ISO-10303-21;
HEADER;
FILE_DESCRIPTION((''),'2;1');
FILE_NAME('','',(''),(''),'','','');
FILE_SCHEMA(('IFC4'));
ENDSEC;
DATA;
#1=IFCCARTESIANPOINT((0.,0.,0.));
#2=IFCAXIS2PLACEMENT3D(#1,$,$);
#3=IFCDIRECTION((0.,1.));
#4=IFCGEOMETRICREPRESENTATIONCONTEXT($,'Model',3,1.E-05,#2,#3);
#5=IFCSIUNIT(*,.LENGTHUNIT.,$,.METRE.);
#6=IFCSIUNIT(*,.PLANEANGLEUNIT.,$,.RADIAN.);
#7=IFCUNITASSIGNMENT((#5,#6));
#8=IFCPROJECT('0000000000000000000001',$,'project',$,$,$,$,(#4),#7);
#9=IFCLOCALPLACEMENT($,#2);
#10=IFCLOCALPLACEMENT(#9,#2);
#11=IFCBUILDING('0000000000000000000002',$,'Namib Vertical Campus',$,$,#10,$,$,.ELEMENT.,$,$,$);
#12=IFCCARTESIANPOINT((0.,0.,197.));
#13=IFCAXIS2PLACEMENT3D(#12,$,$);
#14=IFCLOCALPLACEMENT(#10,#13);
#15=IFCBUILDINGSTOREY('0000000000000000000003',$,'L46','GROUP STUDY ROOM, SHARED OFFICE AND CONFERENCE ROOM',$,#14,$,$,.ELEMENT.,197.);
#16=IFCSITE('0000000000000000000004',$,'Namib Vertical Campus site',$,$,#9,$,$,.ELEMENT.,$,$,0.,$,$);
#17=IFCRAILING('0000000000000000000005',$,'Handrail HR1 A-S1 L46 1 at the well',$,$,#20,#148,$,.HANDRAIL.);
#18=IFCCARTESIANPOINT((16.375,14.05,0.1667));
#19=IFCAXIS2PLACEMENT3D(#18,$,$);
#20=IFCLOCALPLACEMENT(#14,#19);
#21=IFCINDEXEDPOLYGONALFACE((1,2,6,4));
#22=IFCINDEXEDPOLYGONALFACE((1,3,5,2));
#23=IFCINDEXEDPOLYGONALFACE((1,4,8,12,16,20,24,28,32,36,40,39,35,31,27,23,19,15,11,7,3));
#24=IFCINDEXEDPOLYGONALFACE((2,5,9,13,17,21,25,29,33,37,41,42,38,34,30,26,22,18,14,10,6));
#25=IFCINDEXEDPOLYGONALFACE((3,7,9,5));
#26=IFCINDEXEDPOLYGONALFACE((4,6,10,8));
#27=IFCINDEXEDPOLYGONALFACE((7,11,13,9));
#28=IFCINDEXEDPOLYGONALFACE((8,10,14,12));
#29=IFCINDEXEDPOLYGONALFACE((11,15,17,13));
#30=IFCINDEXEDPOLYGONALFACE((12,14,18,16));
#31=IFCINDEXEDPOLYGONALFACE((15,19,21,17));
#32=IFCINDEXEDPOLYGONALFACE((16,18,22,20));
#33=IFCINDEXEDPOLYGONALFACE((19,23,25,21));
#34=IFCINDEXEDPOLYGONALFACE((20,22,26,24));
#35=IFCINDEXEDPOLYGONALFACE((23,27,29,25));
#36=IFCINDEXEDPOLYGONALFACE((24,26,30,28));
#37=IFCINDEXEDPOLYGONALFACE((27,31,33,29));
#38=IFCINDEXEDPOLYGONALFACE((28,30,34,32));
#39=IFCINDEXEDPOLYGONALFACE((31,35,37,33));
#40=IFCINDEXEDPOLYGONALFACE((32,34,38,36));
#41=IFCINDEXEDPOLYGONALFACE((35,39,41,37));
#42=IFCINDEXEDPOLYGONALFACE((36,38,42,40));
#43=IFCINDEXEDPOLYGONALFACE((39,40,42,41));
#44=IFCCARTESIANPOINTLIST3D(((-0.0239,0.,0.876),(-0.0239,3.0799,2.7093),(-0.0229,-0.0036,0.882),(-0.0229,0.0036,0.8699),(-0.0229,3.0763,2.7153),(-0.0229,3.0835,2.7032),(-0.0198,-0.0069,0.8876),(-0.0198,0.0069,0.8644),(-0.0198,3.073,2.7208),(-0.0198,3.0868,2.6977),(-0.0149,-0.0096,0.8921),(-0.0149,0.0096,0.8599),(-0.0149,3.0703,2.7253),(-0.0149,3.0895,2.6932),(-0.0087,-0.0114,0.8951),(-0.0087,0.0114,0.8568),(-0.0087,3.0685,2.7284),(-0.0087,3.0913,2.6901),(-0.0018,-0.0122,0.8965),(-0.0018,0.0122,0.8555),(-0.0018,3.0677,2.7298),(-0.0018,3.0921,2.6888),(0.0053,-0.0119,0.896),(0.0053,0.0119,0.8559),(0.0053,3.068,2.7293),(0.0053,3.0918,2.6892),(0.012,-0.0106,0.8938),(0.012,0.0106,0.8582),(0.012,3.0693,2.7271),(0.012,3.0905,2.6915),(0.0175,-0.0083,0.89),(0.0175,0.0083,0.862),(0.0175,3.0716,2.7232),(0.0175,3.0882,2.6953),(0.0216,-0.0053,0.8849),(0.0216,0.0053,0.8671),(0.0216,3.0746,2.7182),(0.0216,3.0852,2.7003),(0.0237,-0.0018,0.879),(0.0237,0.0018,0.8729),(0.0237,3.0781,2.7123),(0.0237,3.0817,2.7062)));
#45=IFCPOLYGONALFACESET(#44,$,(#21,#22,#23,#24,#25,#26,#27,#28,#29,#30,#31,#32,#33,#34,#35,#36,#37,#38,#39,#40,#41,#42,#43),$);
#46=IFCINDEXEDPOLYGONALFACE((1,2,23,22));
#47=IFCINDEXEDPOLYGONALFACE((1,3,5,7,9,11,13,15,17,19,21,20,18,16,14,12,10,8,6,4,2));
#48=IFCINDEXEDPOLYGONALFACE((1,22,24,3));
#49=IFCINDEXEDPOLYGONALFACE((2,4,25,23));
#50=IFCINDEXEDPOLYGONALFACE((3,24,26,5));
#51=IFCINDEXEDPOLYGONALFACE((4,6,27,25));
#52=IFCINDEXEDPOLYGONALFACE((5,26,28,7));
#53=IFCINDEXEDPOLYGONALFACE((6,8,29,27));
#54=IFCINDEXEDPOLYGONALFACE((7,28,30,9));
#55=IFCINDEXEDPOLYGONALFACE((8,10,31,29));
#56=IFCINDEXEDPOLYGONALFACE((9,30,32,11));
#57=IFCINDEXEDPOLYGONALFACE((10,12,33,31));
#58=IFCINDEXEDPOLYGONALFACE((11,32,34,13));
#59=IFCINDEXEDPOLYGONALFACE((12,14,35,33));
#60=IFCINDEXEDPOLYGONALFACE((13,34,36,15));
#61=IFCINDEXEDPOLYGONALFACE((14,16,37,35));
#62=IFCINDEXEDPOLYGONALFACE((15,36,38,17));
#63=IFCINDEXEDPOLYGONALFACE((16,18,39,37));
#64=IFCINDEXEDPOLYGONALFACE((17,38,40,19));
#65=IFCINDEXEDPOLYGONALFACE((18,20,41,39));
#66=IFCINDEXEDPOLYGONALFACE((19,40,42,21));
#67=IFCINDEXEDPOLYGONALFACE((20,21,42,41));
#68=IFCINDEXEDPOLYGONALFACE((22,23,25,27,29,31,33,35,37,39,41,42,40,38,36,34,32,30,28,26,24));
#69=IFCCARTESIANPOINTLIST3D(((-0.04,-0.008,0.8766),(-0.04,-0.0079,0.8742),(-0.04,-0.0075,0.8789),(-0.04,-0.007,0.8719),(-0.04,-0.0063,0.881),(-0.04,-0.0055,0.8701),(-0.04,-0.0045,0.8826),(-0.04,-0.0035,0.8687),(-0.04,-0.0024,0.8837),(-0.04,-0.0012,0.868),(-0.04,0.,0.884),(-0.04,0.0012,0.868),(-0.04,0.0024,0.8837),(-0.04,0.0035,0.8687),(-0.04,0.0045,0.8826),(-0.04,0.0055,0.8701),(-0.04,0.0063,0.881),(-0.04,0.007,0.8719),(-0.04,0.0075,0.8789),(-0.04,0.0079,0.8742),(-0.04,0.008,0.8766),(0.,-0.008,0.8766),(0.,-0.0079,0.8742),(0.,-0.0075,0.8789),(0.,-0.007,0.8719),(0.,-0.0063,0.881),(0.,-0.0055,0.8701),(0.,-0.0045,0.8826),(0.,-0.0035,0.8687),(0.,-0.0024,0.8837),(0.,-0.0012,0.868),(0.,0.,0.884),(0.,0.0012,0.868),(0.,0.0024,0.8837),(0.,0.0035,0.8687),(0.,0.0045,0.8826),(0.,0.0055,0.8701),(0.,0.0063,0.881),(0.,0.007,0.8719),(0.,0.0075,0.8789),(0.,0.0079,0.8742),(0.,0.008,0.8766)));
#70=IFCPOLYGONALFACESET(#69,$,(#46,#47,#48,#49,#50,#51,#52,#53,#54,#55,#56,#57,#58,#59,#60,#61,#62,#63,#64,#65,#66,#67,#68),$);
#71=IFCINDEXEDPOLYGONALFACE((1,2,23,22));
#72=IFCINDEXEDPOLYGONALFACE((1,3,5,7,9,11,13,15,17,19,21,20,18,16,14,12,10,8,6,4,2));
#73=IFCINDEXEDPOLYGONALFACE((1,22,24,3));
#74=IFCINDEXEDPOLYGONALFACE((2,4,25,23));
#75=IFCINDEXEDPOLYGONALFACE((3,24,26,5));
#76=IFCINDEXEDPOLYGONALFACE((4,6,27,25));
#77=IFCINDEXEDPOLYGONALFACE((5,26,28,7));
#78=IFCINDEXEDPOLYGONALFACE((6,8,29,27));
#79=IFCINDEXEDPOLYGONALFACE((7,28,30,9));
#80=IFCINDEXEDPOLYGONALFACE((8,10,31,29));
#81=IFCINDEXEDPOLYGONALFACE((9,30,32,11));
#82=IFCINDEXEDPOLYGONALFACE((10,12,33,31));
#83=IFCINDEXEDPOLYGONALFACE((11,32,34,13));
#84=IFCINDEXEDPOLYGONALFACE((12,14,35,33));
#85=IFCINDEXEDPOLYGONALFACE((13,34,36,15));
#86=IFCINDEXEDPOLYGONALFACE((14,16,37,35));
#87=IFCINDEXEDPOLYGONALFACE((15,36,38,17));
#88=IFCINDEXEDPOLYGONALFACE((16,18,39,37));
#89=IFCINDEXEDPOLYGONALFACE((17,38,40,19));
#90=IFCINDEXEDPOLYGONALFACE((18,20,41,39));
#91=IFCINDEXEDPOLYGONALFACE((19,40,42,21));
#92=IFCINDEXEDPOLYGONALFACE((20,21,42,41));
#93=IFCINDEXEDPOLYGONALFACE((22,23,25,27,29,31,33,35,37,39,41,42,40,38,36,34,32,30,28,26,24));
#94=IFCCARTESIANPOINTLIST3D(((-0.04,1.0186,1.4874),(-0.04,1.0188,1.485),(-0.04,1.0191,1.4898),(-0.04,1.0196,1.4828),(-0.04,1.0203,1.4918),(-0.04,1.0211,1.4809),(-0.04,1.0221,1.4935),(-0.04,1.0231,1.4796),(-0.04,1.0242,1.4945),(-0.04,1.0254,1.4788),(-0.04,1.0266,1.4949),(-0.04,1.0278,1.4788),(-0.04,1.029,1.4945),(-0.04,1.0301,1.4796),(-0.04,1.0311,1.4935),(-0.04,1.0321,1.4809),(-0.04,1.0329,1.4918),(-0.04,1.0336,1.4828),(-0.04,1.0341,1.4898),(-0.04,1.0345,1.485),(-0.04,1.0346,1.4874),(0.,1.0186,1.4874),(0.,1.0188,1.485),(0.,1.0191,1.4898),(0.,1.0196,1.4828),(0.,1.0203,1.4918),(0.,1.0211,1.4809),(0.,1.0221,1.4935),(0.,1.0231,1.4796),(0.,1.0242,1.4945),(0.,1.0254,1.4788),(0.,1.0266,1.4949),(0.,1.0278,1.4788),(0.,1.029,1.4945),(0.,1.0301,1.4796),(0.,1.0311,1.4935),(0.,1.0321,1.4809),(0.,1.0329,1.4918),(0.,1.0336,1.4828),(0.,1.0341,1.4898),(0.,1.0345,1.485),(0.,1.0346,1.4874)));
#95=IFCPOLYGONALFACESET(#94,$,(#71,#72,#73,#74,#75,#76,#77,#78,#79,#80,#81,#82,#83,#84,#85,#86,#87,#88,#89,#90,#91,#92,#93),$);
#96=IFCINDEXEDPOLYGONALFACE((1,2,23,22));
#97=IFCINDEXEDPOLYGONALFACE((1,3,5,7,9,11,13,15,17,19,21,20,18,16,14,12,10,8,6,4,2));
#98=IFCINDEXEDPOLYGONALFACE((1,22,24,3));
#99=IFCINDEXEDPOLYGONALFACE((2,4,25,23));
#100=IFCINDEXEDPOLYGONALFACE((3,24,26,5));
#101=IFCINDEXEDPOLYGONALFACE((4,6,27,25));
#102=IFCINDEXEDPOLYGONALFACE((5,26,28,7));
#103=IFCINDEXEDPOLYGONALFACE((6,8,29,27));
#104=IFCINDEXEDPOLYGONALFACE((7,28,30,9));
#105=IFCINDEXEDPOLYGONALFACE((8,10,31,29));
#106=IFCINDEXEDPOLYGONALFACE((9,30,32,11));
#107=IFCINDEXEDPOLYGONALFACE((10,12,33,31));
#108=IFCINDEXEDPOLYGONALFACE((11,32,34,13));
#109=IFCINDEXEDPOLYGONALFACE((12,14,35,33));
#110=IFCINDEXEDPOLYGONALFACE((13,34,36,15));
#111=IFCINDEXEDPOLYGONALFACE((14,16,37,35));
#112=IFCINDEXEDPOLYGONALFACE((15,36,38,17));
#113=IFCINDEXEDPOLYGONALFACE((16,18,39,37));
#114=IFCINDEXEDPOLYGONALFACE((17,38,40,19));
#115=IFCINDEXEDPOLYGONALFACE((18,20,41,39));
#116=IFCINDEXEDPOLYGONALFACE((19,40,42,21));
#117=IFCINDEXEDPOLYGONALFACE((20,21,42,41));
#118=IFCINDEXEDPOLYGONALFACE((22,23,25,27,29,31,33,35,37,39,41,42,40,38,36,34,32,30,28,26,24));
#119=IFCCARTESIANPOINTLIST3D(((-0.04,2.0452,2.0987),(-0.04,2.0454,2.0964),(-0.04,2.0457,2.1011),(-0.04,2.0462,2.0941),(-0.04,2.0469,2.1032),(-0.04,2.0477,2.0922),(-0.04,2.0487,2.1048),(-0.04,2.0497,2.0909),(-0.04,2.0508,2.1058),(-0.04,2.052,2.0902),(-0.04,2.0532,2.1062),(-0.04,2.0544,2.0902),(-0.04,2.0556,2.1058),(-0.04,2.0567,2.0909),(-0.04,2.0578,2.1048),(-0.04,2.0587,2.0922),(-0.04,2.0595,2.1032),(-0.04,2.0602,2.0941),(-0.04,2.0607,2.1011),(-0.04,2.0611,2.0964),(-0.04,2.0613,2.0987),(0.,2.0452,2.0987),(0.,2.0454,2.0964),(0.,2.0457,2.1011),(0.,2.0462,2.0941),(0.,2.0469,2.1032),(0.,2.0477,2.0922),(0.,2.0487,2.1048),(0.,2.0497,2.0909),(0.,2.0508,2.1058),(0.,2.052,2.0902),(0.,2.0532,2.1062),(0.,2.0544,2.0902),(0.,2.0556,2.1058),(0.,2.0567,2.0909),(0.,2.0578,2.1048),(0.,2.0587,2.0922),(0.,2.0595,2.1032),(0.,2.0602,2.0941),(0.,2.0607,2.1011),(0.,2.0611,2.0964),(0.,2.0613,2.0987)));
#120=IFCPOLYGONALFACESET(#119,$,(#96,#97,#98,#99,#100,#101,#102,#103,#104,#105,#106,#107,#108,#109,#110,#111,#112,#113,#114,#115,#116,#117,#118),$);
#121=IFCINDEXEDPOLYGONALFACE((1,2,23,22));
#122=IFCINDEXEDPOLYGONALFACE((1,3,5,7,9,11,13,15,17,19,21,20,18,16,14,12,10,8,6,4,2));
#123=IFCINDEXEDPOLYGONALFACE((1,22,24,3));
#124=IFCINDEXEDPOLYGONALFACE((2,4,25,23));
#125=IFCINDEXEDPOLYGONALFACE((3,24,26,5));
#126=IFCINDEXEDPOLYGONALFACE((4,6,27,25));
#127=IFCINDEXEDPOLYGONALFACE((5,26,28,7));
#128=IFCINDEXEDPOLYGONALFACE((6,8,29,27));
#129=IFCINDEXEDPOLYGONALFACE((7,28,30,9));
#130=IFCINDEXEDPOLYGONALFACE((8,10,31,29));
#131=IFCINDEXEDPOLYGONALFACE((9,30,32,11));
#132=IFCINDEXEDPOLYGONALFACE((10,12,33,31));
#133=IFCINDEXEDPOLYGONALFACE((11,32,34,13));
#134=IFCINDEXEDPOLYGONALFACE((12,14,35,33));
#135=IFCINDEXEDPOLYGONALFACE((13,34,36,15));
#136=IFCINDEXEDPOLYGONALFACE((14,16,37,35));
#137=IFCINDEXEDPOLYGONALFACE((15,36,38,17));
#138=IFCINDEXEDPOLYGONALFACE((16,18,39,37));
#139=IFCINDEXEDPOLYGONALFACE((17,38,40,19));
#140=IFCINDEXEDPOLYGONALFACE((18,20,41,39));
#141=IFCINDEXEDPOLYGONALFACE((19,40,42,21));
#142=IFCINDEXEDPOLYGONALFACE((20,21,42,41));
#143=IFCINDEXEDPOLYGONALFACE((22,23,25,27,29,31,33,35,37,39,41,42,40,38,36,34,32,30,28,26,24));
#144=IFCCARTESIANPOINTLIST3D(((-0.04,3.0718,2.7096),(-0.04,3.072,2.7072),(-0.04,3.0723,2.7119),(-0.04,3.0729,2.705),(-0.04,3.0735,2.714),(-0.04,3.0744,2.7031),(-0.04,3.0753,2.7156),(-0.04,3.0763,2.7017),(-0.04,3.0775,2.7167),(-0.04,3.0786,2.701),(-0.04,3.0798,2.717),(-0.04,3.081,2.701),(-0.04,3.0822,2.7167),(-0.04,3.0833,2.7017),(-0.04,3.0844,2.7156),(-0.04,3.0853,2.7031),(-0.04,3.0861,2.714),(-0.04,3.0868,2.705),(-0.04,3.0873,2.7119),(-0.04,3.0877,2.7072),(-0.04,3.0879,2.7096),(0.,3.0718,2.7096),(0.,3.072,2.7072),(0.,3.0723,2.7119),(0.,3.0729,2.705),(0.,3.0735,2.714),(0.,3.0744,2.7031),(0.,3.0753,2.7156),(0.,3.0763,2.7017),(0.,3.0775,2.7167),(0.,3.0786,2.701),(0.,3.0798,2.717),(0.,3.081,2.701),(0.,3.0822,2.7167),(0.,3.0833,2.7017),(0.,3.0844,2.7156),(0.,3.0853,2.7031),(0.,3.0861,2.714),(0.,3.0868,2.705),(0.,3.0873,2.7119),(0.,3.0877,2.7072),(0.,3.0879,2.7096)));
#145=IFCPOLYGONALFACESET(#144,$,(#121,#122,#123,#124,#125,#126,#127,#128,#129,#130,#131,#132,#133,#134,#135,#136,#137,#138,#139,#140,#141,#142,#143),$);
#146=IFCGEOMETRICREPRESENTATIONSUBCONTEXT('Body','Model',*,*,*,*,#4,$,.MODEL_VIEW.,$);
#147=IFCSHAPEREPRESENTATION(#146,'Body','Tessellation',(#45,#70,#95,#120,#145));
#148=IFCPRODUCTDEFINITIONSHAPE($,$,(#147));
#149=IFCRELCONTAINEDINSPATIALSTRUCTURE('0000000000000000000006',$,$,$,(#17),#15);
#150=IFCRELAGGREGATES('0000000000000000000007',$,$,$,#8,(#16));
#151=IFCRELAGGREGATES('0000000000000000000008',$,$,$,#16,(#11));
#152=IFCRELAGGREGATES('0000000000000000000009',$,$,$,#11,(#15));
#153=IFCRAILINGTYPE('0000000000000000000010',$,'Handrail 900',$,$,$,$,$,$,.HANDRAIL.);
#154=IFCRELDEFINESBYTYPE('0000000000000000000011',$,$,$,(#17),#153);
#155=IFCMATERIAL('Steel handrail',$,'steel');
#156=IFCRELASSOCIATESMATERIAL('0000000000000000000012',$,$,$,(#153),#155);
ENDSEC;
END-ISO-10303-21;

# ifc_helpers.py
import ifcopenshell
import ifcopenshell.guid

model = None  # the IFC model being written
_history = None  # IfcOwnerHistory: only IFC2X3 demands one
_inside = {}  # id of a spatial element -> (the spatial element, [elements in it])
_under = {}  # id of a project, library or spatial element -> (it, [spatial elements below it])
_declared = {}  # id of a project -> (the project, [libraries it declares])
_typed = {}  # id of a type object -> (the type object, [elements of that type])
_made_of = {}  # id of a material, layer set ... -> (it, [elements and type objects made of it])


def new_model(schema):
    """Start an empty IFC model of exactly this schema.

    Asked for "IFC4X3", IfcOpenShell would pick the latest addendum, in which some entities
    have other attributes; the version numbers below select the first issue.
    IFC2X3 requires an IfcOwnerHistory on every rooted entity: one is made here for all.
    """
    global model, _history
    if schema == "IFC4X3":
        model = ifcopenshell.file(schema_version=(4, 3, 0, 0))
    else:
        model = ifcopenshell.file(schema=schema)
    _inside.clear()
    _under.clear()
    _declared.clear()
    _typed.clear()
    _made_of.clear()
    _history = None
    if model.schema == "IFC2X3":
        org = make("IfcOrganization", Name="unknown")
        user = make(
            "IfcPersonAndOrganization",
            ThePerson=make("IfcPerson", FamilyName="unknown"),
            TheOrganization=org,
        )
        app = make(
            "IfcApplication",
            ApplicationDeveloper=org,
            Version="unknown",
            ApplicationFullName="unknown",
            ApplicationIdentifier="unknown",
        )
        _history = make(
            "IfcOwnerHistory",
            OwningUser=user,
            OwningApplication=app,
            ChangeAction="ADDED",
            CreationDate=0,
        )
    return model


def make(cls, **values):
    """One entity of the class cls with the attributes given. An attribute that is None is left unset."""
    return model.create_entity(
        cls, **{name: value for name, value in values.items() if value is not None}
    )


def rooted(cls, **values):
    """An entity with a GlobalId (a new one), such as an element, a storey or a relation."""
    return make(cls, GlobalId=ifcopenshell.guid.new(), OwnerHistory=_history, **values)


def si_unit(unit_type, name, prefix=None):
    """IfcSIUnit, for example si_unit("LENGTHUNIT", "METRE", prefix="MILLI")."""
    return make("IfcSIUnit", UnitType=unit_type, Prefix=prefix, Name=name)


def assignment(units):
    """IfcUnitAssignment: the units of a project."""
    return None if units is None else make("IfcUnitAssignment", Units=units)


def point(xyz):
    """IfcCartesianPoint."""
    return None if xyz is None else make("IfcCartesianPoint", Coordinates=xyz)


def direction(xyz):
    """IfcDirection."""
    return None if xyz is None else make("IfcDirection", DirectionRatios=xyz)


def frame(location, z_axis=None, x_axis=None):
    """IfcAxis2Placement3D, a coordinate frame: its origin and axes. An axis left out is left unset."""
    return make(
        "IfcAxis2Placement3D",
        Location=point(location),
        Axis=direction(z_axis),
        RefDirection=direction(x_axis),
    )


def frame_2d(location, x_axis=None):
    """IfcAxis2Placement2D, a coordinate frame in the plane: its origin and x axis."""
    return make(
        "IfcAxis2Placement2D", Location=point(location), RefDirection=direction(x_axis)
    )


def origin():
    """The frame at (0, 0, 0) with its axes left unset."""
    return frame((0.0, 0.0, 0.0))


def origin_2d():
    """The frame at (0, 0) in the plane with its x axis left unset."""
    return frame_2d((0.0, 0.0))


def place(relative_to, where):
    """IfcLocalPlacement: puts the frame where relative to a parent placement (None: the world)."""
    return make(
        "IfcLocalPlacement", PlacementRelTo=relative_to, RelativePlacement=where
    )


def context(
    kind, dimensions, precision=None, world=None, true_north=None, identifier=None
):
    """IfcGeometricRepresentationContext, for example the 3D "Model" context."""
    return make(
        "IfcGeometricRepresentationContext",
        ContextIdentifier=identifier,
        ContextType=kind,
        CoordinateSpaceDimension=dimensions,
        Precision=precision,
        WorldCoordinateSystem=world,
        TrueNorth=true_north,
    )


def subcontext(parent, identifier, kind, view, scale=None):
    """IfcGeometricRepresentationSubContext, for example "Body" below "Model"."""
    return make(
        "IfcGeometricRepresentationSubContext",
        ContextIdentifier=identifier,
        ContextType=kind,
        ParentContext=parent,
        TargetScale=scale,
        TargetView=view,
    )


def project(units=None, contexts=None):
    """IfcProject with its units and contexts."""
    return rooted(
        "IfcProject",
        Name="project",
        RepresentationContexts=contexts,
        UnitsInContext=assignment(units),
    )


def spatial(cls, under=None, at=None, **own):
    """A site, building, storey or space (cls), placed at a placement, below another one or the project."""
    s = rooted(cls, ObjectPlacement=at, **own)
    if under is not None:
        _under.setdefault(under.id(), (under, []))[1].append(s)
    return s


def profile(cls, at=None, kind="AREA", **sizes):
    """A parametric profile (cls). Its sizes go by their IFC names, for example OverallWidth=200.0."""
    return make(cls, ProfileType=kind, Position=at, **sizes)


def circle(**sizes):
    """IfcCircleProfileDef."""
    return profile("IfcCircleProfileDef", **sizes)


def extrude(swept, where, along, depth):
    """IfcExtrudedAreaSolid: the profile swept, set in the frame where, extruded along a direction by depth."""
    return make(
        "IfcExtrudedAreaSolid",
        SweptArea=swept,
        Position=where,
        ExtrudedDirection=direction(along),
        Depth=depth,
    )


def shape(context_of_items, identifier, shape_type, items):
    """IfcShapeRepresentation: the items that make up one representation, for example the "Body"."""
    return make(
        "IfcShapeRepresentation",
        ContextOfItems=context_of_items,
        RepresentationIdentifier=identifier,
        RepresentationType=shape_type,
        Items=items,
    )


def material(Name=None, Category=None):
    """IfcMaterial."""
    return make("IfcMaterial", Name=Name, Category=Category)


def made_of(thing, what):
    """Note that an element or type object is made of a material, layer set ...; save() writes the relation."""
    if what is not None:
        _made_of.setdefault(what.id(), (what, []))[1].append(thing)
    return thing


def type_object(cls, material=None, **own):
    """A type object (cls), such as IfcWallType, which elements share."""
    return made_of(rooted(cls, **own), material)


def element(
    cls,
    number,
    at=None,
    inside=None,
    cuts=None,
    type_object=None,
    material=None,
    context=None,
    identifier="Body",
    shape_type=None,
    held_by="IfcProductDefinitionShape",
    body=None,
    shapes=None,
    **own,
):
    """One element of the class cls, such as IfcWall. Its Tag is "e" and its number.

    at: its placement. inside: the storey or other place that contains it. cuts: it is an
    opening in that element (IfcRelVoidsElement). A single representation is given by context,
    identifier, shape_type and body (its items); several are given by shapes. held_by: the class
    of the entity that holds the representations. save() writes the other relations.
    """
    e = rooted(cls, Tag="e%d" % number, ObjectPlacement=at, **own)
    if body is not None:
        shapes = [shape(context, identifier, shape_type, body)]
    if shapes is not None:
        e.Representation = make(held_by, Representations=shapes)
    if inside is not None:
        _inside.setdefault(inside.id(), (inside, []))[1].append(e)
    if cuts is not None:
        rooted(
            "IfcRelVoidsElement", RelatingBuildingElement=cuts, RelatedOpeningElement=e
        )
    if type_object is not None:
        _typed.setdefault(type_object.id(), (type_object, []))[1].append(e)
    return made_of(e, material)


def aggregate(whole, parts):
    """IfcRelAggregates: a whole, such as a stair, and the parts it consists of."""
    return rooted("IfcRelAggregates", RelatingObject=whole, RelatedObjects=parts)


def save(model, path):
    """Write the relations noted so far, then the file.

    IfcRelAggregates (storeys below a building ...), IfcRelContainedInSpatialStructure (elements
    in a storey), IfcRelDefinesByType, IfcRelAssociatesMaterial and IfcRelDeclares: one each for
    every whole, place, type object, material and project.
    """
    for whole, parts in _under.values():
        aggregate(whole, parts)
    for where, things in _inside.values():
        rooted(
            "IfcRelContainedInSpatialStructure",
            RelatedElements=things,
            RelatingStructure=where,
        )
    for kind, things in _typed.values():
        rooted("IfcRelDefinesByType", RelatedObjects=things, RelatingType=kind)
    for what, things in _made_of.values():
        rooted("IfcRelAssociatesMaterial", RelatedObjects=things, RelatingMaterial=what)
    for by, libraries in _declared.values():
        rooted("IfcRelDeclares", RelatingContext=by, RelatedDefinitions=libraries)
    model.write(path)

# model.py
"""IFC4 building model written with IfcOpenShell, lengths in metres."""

from ifc_helpers import new_model, si_unit, direction, frame, origin, origin_2d, place, context, subcontext, project, spatial, circle, extrude, material, type_object, element, save


model = new_model("IFC4")

# Units and contexts
model_context = context("Model", 3, precision=1e-05, world=origin(), true_north=direction((0.0, 1.0)))
body_context = subcontext(model_context, "Body", "Model", "MODEL_VIEW")
ifc_project = project(units=[si_unit("LENGTHUNIT", "METRE"), si_unit("PLANEANGLEUNIT", "RADIAN")], contexts=[model_context])

# Site, building, storey
site_placement = place(None, origin())
site = spatial("IfcSite", under=ifc_project, at=site_placement, Name="Namib Vertical Campus site", CompositionType="ELEMENT", RefElevation=0.0)
building_placement = place(site_placement, origin())
building = spatial("IfcBuilding", under=site, at=building_placement, Name="Namib Vertical Campus", CompositionType="ELEMENT")
storey_placement = place(building_placement, frame((0.0, 0.0, 197.0)))
storey = spatial("IfcBuildingStorey", under=building, at=storey_placement, Name="L46", Description="GROUP STUDY ROOM, SHARED OFFICE AND CONFERENCE ROOM", CompositionType="ELEMENT", Elevation=197.0)

# Railing
ifc_material_1 = material(Name="Steel handrail", Category="steel")
railing_type_1 = type_object("IfcRailingType", Name="Handrail 900", PredefinedType="HANDRAIL", material=ifc_material_1)
railing_1_placement = place(storey_placement, frame((16.375, 14.05, 0.1667)))
element("IfcRailing", 1, at=railing_1_placement, inside=storey, type_object=railing_type_1, Name="Handrail HR1 A-S1 L46 1 at the well", PredefinedType="HANDRAIL", context=body_context, shape_type="SweptSolid", body=[
    extrude(circle(Radius=0.0239, at=origin_2d()), frame((0.0, 0.0, 0.876), z_axis=(0.0, 0.859291, 0.511487), x_axis=(-1.0, 0.0, 0.0)), (0.0, 0.0, 1.0), 3.5842),
    extrude(circle(Radius=0.0081, at=origin_2d()), frame((0.0, 0.0, 0.876), z_axis=(-1.0, 0.0, 0.0), x_axis=(0.0, 0.0, 1.0)), (0.0, 0.0, 1.0), 0.04),
    extrude(circle(Radius=0.0081, at=origin_2d()), frame((0.0, 1.0266, 1.4868), z_axis=(-1.0, 0.0, 0.0), x_axis=(0.0, 0.0, 1.0)), (0.0, 0.0, 1.0), 0.04),
    extrude(circle(Radius=0.0081, at=origin_2d()), frame((0.0, 2.0532, 2.0981), z_axis=(-1.0, 0.0, 0.0), x_axis=(0.0, 0.0, 1.0)), (0.0, 0.0, 1.0), 0.04),
    extrude(circle(Radius=0.0081, at=origin_2d()), frame((0.0, 3.0798, 2.709), z_axis=(-1.0, 0.0, 0.0), x_axis=(0.0, 0.0, 1.0)), (0.0, 0.0, 1.0), 0.04),
])

save(model, "model.ifc")
